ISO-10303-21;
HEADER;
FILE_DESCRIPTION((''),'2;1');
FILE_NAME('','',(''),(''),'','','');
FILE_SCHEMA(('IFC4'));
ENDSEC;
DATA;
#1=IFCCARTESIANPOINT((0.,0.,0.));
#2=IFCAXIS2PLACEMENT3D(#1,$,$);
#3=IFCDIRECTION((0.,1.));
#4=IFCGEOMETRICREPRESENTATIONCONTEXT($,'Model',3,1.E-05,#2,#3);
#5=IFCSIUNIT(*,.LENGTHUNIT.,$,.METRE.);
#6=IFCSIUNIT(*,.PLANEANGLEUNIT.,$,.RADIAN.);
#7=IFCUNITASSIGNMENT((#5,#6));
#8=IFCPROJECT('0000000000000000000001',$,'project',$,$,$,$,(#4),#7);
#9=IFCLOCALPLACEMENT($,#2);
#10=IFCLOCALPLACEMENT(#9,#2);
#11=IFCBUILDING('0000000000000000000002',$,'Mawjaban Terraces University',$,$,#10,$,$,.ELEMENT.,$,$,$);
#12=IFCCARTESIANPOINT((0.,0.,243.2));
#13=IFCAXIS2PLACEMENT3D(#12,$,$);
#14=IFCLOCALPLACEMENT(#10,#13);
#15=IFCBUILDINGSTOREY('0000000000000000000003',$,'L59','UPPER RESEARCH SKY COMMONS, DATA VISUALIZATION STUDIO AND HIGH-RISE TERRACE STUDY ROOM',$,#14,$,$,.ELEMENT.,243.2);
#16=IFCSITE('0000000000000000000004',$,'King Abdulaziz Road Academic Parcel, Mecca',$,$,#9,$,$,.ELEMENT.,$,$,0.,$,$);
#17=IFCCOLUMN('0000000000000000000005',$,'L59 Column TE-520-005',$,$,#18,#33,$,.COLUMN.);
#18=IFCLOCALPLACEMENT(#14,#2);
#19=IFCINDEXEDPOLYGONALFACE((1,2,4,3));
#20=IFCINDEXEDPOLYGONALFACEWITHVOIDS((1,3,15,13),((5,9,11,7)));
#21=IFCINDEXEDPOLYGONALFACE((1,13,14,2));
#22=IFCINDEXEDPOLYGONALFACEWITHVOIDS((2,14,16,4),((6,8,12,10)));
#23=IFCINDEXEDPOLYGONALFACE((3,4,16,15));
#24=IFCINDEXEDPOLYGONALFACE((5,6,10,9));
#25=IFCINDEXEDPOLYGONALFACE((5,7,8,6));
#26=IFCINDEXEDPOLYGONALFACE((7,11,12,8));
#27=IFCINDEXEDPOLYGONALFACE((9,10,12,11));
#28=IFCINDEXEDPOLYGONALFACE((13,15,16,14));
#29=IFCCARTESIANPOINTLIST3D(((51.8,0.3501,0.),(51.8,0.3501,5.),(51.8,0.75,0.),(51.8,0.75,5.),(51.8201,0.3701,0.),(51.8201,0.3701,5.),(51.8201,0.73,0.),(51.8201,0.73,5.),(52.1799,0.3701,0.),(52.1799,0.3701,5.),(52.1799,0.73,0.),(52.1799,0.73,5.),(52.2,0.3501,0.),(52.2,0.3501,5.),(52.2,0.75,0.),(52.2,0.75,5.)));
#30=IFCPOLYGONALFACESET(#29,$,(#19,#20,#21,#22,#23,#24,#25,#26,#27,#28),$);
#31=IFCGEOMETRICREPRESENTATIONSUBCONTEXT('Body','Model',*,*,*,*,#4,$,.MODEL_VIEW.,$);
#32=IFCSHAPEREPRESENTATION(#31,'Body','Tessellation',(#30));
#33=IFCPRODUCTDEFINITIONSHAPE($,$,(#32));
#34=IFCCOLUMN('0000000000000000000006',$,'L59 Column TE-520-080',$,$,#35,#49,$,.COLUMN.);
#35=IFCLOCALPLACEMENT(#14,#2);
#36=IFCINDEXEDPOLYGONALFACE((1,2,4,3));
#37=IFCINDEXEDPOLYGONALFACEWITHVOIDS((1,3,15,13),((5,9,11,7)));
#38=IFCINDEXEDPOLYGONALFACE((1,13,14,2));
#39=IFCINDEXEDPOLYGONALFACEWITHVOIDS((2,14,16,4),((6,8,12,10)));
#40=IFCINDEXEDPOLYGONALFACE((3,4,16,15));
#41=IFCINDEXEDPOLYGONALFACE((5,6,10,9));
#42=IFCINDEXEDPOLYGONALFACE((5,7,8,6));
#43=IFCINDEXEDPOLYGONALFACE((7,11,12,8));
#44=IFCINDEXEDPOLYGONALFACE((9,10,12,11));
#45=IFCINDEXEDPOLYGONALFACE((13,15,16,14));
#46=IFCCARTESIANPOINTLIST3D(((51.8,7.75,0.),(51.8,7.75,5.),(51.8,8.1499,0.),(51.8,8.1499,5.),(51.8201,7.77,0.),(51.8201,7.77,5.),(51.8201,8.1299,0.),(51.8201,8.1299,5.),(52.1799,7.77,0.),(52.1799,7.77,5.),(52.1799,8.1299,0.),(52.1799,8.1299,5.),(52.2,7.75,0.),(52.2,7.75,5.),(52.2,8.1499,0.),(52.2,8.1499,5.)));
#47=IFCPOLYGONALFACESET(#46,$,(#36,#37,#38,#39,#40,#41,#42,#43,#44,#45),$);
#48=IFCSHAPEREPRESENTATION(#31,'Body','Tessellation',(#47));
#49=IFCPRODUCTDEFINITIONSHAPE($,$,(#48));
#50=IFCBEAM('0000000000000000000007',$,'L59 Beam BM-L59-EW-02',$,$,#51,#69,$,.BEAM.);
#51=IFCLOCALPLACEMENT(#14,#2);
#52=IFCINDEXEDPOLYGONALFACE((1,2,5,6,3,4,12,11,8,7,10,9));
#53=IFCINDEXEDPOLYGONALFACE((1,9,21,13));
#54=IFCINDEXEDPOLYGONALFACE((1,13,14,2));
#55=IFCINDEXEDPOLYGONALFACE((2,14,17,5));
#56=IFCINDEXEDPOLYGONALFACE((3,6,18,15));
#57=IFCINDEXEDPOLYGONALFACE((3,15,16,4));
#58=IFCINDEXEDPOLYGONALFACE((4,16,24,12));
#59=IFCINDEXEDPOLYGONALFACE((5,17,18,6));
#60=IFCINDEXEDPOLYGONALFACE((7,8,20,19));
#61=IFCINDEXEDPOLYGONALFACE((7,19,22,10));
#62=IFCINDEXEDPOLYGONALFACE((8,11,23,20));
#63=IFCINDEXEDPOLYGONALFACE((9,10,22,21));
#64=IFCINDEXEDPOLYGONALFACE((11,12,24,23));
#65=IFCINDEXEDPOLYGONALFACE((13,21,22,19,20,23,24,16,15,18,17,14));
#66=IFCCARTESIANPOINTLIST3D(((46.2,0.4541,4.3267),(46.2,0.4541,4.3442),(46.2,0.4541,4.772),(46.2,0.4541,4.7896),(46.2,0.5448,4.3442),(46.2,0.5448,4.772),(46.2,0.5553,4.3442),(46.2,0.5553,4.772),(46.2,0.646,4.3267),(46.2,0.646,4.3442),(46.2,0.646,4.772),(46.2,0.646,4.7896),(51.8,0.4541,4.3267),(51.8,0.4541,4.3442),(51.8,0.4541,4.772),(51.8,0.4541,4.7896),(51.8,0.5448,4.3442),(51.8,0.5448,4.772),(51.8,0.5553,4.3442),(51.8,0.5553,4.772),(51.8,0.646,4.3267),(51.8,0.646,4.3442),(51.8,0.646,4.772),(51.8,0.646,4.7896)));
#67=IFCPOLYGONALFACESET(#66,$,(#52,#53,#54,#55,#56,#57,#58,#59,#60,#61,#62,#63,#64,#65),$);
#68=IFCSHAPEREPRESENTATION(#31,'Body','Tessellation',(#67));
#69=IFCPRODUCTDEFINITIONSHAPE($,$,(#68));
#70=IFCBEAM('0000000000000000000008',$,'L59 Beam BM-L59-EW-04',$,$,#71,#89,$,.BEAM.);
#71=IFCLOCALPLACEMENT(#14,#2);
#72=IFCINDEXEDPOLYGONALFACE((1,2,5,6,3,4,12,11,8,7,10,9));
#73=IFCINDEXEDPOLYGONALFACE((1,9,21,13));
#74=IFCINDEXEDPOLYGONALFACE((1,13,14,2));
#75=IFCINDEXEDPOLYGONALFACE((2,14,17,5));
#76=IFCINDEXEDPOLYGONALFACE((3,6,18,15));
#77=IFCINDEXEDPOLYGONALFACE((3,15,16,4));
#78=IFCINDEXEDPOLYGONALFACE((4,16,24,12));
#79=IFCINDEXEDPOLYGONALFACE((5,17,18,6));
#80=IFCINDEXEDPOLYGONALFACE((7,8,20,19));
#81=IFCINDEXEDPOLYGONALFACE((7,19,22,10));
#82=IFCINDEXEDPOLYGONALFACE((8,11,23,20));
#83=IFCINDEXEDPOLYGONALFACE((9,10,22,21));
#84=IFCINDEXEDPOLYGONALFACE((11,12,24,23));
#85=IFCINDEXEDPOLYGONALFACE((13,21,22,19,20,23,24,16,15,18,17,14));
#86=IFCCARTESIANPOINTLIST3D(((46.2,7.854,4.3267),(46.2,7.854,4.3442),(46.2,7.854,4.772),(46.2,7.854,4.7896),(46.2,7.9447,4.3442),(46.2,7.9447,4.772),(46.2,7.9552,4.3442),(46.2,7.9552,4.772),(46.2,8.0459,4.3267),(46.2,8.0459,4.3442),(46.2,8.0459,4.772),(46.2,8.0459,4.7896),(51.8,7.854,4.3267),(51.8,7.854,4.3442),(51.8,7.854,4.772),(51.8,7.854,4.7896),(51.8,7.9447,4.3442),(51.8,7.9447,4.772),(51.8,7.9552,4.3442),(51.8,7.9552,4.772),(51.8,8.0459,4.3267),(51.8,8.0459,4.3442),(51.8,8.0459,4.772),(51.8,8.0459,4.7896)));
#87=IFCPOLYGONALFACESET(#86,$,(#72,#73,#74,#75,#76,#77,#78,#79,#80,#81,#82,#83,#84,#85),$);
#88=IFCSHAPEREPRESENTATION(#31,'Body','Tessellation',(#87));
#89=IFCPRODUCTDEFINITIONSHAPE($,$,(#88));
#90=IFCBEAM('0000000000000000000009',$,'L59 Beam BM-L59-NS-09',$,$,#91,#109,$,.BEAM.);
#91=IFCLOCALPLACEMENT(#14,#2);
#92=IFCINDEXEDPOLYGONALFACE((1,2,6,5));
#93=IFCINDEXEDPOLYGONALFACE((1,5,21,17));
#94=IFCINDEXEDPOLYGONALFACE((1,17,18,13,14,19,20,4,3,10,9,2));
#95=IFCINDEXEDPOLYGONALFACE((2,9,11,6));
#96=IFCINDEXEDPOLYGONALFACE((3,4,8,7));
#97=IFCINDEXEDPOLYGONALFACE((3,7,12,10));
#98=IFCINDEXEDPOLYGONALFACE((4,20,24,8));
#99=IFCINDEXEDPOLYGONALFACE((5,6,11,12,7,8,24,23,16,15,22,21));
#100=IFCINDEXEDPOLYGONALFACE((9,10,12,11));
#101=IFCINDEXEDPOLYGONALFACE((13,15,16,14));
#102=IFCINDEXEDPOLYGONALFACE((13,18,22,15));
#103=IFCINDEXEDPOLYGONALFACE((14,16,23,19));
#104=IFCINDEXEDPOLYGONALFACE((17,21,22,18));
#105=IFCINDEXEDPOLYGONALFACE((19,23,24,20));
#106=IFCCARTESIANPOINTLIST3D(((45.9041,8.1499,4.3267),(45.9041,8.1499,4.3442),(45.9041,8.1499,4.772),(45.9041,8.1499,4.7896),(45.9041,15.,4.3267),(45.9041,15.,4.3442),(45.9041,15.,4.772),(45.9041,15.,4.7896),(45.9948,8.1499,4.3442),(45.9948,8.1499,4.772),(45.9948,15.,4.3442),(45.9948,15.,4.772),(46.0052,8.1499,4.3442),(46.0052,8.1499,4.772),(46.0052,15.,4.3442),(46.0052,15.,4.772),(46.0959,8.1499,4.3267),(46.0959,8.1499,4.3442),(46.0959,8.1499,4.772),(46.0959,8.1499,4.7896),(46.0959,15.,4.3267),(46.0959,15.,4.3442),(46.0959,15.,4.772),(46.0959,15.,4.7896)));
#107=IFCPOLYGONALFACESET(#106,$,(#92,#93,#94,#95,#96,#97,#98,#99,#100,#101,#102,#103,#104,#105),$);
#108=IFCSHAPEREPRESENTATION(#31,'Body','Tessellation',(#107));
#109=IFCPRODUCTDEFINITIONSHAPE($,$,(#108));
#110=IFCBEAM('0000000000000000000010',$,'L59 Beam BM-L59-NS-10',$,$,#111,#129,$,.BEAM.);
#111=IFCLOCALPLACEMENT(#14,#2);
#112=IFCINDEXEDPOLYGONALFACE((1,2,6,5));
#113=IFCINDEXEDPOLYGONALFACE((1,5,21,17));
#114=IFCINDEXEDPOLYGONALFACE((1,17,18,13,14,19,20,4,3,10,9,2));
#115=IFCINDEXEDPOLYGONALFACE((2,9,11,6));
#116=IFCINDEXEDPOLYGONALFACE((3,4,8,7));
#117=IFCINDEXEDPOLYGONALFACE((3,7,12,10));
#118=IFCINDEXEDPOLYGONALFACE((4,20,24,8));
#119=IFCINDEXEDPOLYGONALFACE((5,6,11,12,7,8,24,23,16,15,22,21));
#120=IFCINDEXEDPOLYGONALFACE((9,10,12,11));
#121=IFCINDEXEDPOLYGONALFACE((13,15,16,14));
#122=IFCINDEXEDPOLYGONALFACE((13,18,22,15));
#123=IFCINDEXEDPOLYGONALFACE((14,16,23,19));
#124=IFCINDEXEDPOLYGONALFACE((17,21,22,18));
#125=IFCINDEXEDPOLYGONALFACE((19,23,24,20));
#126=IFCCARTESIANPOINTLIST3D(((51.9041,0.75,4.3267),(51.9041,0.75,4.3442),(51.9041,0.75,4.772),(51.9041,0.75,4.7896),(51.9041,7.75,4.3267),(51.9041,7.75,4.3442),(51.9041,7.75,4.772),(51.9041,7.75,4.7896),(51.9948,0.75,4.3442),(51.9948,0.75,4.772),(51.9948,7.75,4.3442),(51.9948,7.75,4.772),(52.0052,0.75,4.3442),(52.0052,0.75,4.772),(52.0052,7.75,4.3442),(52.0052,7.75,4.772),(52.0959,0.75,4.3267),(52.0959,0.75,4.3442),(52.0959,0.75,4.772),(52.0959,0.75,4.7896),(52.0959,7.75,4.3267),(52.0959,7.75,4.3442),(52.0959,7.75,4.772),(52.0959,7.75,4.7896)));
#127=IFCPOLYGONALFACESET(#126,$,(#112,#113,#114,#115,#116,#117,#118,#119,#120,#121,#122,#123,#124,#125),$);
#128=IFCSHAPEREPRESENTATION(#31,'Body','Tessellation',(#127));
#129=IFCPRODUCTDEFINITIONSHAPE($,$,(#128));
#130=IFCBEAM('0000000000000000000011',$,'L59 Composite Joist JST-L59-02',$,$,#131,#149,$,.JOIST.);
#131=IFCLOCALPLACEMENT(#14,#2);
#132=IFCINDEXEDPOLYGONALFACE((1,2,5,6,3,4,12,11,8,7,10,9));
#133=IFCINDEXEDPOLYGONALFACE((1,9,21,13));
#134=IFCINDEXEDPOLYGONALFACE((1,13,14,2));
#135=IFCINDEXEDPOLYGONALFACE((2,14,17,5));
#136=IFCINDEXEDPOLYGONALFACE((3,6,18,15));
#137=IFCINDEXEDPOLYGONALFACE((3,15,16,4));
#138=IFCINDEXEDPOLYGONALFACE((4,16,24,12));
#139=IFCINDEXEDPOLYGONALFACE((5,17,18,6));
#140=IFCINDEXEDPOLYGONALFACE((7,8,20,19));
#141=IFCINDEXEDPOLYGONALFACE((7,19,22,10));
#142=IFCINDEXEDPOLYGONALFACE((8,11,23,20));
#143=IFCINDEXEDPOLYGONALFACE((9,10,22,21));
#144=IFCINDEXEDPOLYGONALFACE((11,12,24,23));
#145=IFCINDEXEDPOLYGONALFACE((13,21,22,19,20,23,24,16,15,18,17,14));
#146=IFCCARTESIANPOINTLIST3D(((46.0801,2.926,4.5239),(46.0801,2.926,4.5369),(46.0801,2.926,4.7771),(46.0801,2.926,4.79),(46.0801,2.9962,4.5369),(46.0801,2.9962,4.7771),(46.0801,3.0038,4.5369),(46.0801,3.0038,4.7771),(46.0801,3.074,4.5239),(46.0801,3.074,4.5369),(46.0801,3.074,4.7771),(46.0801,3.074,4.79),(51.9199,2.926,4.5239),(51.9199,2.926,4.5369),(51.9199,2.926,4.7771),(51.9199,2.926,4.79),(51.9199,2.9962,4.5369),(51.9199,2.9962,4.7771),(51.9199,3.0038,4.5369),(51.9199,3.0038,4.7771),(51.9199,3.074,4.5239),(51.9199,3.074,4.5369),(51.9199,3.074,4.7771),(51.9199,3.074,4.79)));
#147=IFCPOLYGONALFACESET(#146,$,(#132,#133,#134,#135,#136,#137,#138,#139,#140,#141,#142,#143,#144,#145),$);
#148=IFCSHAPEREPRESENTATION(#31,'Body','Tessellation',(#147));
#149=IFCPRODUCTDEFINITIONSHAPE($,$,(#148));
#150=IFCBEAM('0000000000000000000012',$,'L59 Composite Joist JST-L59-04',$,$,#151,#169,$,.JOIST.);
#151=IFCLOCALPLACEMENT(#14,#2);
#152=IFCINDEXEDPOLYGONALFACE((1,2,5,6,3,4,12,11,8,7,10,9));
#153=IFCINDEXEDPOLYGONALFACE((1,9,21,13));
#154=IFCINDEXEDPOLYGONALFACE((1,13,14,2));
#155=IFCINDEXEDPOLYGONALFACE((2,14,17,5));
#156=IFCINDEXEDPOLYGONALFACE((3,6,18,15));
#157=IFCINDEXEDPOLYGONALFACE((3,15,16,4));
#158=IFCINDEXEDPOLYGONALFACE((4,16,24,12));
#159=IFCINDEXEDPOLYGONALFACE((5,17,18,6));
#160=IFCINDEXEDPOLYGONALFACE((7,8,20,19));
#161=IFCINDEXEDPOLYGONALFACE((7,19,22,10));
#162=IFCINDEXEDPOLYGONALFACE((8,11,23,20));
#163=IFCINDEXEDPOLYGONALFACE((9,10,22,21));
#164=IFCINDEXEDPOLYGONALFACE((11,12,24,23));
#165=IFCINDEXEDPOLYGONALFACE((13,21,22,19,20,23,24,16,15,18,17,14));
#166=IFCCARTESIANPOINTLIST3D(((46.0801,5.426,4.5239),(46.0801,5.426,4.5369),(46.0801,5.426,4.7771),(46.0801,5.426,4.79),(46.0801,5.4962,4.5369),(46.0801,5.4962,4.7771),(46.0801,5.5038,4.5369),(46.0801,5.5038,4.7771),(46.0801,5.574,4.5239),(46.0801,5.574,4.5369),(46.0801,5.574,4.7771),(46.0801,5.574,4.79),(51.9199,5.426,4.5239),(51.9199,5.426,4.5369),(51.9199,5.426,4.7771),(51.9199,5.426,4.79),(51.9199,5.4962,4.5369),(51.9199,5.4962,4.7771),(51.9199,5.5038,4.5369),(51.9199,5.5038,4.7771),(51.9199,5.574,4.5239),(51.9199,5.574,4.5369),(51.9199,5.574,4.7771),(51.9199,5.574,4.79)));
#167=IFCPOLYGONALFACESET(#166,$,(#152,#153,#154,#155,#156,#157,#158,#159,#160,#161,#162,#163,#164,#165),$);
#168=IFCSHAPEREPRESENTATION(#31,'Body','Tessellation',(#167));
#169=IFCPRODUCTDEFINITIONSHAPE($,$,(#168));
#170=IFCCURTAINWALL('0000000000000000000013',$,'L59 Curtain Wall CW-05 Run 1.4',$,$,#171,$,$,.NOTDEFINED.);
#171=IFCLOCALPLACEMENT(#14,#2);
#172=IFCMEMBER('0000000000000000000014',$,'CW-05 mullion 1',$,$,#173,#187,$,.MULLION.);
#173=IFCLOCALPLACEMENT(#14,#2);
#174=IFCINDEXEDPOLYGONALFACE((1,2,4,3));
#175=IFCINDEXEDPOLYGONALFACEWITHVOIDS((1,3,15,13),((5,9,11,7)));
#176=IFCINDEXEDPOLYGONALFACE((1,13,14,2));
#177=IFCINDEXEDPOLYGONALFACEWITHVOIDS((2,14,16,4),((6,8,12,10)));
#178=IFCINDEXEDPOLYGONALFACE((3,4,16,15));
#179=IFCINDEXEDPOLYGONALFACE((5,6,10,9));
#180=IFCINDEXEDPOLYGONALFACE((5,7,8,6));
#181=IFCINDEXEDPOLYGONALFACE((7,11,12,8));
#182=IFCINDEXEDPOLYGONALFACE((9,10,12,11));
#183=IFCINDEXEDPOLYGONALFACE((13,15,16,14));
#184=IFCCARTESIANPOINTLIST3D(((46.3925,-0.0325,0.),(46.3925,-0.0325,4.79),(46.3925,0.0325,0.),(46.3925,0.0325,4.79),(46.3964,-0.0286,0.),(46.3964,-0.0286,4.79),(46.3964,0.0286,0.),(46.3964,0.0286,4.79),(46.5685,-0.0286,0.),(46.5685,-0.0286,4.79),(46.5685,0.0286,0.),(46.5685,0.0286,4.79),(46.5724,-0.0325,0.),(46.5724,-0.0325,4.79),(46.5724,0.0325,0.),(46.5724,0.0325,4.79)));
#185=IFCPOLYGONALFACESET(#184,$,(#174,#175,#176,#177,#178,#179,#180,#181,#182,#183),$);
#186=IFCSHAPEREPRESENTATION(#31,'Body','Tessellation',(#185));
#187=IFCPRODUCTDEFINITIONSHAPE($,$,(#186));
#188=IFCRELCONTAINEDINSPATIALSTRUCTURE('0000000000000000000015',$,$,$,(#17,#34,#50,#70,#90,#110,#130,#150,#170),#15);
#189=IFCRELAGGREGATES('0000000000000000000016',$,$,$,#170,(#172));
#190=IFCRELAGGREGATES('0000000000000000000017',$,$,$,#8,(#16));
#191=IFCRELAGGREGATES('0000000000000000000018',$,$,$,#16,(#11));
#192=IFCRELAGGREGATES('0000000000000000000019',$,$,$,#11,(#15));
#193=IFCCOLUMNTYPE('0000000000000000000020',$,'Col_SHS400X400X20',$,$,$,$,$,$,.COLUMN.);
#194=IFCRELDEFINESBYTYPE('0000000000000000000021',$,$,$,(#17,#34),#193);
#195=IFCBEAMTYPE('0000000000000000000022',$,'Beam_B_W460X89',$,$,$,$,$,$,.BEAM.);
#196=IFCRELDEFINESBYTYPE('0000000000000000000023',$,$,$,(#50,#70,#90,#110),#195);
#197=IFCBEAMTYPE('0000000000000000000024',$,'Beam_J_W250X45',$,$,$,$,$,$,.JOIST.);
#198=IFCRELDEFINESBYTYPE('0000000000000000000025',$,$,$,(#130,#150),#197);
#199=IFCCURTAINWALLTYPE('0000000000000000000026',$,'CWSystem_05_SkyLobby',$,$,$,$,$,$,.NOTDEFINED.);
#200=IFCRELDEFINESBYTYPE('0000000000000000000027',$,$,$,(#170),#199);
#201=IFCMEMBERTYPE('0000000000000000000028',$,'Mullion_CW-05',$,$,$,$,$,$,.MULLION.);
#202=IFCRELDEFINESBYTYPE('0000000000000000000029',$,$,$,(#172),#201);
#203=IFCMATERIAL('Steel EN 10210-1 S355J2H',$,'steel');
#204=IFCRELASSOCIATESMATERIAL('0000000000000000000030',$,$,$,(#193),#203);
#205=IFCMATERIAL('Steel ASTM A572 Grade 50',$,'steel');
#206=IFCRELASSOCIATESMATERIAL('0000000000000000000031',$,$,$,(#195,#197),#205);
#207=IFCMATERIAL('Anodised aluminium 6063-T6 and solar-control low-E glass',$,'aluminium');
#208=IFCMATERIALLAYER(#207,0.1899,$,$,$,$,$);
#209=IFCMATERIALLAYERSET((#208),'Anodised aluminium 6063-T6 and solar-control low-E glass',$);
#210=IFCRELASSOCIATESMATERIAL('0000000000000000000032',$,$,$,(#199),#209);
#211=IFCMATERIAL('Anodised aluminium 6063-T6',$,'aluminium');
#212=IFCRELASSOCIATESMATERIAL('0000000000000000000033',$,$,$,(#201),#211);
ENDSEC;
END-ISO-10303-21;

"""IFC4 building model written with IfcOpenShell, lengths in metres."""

from ifc_helpers import new_model, si_unit, direction, frame, origin, origin_2d, place, context, subcontext, project, spatial, hollow_rectangle, i_section, extrude, material, layer, layer_set, material_profile, profile_set, type_object, element, aggregate, save


model = new_model("IFC4")

# Units and contexts
model_context = context("Model", 3, precision=1e-05, world=origin(), true_north=direction((0.0, 1.0)))
body_context = subcontext(model_context, "Body", "Model", "MODEL_VIEW")
ifc_project = project(units=[si_unit("LENGTHUNIT", "METRE"), si_unit("PLANEANGLEUNIT", "RADIAN")], contexts=[model_context])

# Site, building, storey
site_placement = place(None, origin())
site = spatial("IfcSite", under=ifc_project, at=site_placement, Name="King Abdulaziz Road Academic Parcel, Mecca", CompositionType="ELEMENT", RefElevation=0.0)
building_placement = place(site_placement, origin())
building = spatial("IfcBuilding", under=site, at=building_placement, Name="Mawjaban Terraces University", CompositionType="ELEMENT")
storey_placement = place(building_placement, frame((0.0, 0.0, 243.2)))
storey = spatial("IfcBuildingStorey", under=building, at=storey_placement, Name="L59", Description="UPPER RESEARCH SKY COMMONS, DATA VISUALIZATION STUDIO AND HIGH-RISE TERRACE STUDY ROOM", CompositionType="ELEMENT", Elevation=243.2)

# Columns
ifc_material_1 = material(Name="Steel EN 10210-1 S355J2H", Category="steel")
ifc_material_profile_1 = material_profile(ifc_material_1, hollow_rectangle(XDim=0.3999, YDim=0.3999, WallThickness=0.02, at=origin_2d()), Name="SHS400X400X20")
ifc_profile_set_1 = profile_set([ifc_material_profile_1], Name="Steel EN 10210-1 S355J2H")
column_type = type_object("IfcColumnType", Name="Col_SHS400X400X20", PredefinedType="COLUMN", material=ifc_profile_set_1)
for number, where, z_axis, x_axis, name in (
    (1, (52.0, 0.55, 0.0), (0.0, 0.0, 1.0), (1.0, 0.0, 0.0), "L59 Column TE-520-005"),
    (2, (52.0, 7.95, 0.0), (0.0, 0.0, 1.0), (1.0, 0.0, 0.0), "L59 Column TE-520-080"),
):
    element("IfcColumn", number, at=place(storey_placement, frame(where, z_axis=z_axis, x_axis=x_axis)), inside=storey, type_object=column_type, Name=name, PredefinedType="COLUMN", context=body_context, shape_type="SweptSolid", body=[
        extrude(hollow_rectangle(XDim=0.3999, YDim=0.3999, WallThickness=0.02, at=origin_2d()), origin(), (0.0, 0.0, 1.0), 5.0),
    ])

# Beams
ifc_material_2 = material(Name="Steel ASTM A572 Grade 50", Category="steel")
ifc_material_profile_2 = material_profile(ifc_material_2, i_section(OverallWidth=0.1919, OverallDepth=0.4629, WebThickness=0.0105, FlangeThickness=0.0176, at=origin_2d()), Name="W460X89")
ifc_profile_set_2 = profile_set([ifc_material_profile_2], Name="Steel ASTM A572 Grade 50")
beam_type_1 = type_object("IfcBeamType", Name="Beam_B_W460X89", PredefinedType="BEAM", material=ifc_profile_set_2)
for number, where, z_axis, x_axis, name in (
    (3, (46.2, 0.55, 4.5581), (1.0, 0.0, 0.0), (0.0, 1.0, 0.0), "L59 Beam BM-L59-EW-02"),
    (4, (46.2, 7.95, 4.5581), (1.0, 0.0, 0.0), (0.0, 1.0, 0.0), "L59 Beam BM-L59-EW-04"),
):
    element("IfcBeam", number, at=place(storey_placement, frame(where, z_axis=z_axis, x_axis=x_axis)), inside=storey, type_object=beam_type_1, Name=name, PredefinedType="BEAM", context=body_context, shape_type="SweptSolid", body=[
        extrude(i_section(OverallWidth=0.1919, OverallDepth=0.4629, WebThickness=0.0105, FlangeThickness=0.0176, at=origin_2d()), origin(), (0.0, 0.0, 1.0), 5.6001),
    ])
beam_1_placement = place(storey_placement, frame((46.0, 8.1499, 4.5581), z_axis=(0.0, 1.0, 0.0), x_axis=(-1.0, 0.0, 0.0)))
element("IfcBeam", 5, at=beam_1_placement, inside=storey, type_object=beam_type_1, Name="L59 Beam BM-L59-NS-09", PredefinedType="BEAM", context=body_context, shape_type="SweptSolid", body=[
    extrude(i_section(OverallWidth=0.1919, OverallDepth=0.4629, WebThickness=0.0105, FlangeThickness=0.0176, at=origin_2d()), origin(), (0.0, 0.0, 1.0), 6.8501),
])
beam_2_placement = place(storey_placement, frame((52.0, 0.75, 4.5581), z_axis=(0.0, 1.0, 0.0), x_axis=(-1.0, 0.0, 0.0)))
element("IfcBeam", 6, at=beam_2_placement, inside=storey, type_object=beam_type_1, Name="L59 Beam BM-L59-NS-10", PredefinedType="BEAM", context=body_context, shape_type="SweptSolid", body=[
    extrude(i_section(OverallWidth=0.1919, OverallDepth=0.4629, WebThickness=0.0105, FlangeThickness=0.0176, at=origin_2d()), origin(), (0.0, 0.0, 1.0), 7.0),
])
ifc_material_profile_3 = material_profile(ifc_material_2, i_section(OverallWidth=0.1479, OverallDepth=0.2661, WebThickness=0.0076, FlangeThickness=0.0129, at=origin_2d()), Name="W250X45")
ifc_profile_set_3 = profile_set([ifc_material_profile_3], Name="Steel ASTM A572 Grade 50")
beam_type_2 = type_object("IfcBeamType", Name="Beam_J_W250X45", PredefinedType="JOIST", material=ifc_profile_set_3)
for number, where, z_axis, x_axis, name in (
    (7, (46.0801, 3.0, 4.657), (1.0, 0.0, 0.0), (0.0, 1.0, 0.0), "L59 Composite Joist JST-L59-02"),
    (8, (46.0801, 5.5, 4.657), (1.0, 0.0, 0.0), (0.0, 1.0, 0.0), "L59 Composite Joist JST-L59-04"),
):
    element("IfcBeam", number, at=place(storey_placement, frame(where, z_axis=z_axis, x_axis=x_axis)), inside=storey, type_object=beam_type_2, Name=name, PredefinedType="JOIST", context=body_context, shape_type="SweptSolid", body=[
        extrude(i_section(OverallWidth=0.1479, OverallDepth=0.2661, WebThickness=0.0076, FlangeThickness=0.0129, at=origin_2d()), origin(), (0.0, 0.0, 1.0), 5.8398),
    ])

# Curtain wall, member
ifc_material_3 = material(Name="Anodised aluminium 6063-T6 and solar-control low-E glass", Category="aluminium")
ifc_layer_1 = layer(ifc_material_3, 0.1899)
ifc_layer_set_1 = layer_set([ifc_layer_1], Name="Anodised aluminium 6063-T6 and solar-control low-E glass")
curtain_wall_type = type_object("IfcCurtainWallType", Name="CWSystem_05_SkyLobby", PredefinedType="NOTDEFINED", material=ifc_layer_set_1)
curtain_wall_placement = place(storey_placement, origin())
curtain_wall = element("IfcCurtainWall", 9, at=curtain_wall_placement, inside=storey, type_object=curtain_wall_type, Name="L59 Curtain Wall CW-05 Run 1.4", PredefinedType="NOTDEFINED")
ifc_material_4 = material(Name="Anodised aluminium 6063-T6", Category="aluminium")
ifc_material_profile_4 = material_profile(ifc_material_4, hollow_rectangle(XDim=0.0649, YDim=0.1799, WallThickness=0.0039, at=origin_2d()), Name="ALU180X65X4")
ifc_profile_set_4 = profile_set([ifc_material_profile_4], Name="Anodised aluminium 6063-T6")
member_type_1 = type_object("IfcMemberType", Name="Mullion_CW-05", PredefinedType="MULLION", material=ifc_profile_set_4)
member_1_placement = place(storey_placement, frame((46.4824, 0.0, 0.0), z_axis=(0.0, 0.0, 1.0), x_axis=(0.0, 1.0, 0.0)))
member_1 = element("IfcMember", 10, at=member_1_placement, type_object=member_type_1, Name="CW-05 mullion 1", PredefinedType="MULLION", context=body_context, shape_type="SweptSolid", body=[
    extrude(hollow_rectangle(XDim=0.0649, YDim=0.1799, WallThickness=0.0039, at=origin_2d()), origin(), (0.0, 0.0, 1.0), 4.79),
])
aggregate(curtain_wall, [member_1])

save(model, "model.ifc")
